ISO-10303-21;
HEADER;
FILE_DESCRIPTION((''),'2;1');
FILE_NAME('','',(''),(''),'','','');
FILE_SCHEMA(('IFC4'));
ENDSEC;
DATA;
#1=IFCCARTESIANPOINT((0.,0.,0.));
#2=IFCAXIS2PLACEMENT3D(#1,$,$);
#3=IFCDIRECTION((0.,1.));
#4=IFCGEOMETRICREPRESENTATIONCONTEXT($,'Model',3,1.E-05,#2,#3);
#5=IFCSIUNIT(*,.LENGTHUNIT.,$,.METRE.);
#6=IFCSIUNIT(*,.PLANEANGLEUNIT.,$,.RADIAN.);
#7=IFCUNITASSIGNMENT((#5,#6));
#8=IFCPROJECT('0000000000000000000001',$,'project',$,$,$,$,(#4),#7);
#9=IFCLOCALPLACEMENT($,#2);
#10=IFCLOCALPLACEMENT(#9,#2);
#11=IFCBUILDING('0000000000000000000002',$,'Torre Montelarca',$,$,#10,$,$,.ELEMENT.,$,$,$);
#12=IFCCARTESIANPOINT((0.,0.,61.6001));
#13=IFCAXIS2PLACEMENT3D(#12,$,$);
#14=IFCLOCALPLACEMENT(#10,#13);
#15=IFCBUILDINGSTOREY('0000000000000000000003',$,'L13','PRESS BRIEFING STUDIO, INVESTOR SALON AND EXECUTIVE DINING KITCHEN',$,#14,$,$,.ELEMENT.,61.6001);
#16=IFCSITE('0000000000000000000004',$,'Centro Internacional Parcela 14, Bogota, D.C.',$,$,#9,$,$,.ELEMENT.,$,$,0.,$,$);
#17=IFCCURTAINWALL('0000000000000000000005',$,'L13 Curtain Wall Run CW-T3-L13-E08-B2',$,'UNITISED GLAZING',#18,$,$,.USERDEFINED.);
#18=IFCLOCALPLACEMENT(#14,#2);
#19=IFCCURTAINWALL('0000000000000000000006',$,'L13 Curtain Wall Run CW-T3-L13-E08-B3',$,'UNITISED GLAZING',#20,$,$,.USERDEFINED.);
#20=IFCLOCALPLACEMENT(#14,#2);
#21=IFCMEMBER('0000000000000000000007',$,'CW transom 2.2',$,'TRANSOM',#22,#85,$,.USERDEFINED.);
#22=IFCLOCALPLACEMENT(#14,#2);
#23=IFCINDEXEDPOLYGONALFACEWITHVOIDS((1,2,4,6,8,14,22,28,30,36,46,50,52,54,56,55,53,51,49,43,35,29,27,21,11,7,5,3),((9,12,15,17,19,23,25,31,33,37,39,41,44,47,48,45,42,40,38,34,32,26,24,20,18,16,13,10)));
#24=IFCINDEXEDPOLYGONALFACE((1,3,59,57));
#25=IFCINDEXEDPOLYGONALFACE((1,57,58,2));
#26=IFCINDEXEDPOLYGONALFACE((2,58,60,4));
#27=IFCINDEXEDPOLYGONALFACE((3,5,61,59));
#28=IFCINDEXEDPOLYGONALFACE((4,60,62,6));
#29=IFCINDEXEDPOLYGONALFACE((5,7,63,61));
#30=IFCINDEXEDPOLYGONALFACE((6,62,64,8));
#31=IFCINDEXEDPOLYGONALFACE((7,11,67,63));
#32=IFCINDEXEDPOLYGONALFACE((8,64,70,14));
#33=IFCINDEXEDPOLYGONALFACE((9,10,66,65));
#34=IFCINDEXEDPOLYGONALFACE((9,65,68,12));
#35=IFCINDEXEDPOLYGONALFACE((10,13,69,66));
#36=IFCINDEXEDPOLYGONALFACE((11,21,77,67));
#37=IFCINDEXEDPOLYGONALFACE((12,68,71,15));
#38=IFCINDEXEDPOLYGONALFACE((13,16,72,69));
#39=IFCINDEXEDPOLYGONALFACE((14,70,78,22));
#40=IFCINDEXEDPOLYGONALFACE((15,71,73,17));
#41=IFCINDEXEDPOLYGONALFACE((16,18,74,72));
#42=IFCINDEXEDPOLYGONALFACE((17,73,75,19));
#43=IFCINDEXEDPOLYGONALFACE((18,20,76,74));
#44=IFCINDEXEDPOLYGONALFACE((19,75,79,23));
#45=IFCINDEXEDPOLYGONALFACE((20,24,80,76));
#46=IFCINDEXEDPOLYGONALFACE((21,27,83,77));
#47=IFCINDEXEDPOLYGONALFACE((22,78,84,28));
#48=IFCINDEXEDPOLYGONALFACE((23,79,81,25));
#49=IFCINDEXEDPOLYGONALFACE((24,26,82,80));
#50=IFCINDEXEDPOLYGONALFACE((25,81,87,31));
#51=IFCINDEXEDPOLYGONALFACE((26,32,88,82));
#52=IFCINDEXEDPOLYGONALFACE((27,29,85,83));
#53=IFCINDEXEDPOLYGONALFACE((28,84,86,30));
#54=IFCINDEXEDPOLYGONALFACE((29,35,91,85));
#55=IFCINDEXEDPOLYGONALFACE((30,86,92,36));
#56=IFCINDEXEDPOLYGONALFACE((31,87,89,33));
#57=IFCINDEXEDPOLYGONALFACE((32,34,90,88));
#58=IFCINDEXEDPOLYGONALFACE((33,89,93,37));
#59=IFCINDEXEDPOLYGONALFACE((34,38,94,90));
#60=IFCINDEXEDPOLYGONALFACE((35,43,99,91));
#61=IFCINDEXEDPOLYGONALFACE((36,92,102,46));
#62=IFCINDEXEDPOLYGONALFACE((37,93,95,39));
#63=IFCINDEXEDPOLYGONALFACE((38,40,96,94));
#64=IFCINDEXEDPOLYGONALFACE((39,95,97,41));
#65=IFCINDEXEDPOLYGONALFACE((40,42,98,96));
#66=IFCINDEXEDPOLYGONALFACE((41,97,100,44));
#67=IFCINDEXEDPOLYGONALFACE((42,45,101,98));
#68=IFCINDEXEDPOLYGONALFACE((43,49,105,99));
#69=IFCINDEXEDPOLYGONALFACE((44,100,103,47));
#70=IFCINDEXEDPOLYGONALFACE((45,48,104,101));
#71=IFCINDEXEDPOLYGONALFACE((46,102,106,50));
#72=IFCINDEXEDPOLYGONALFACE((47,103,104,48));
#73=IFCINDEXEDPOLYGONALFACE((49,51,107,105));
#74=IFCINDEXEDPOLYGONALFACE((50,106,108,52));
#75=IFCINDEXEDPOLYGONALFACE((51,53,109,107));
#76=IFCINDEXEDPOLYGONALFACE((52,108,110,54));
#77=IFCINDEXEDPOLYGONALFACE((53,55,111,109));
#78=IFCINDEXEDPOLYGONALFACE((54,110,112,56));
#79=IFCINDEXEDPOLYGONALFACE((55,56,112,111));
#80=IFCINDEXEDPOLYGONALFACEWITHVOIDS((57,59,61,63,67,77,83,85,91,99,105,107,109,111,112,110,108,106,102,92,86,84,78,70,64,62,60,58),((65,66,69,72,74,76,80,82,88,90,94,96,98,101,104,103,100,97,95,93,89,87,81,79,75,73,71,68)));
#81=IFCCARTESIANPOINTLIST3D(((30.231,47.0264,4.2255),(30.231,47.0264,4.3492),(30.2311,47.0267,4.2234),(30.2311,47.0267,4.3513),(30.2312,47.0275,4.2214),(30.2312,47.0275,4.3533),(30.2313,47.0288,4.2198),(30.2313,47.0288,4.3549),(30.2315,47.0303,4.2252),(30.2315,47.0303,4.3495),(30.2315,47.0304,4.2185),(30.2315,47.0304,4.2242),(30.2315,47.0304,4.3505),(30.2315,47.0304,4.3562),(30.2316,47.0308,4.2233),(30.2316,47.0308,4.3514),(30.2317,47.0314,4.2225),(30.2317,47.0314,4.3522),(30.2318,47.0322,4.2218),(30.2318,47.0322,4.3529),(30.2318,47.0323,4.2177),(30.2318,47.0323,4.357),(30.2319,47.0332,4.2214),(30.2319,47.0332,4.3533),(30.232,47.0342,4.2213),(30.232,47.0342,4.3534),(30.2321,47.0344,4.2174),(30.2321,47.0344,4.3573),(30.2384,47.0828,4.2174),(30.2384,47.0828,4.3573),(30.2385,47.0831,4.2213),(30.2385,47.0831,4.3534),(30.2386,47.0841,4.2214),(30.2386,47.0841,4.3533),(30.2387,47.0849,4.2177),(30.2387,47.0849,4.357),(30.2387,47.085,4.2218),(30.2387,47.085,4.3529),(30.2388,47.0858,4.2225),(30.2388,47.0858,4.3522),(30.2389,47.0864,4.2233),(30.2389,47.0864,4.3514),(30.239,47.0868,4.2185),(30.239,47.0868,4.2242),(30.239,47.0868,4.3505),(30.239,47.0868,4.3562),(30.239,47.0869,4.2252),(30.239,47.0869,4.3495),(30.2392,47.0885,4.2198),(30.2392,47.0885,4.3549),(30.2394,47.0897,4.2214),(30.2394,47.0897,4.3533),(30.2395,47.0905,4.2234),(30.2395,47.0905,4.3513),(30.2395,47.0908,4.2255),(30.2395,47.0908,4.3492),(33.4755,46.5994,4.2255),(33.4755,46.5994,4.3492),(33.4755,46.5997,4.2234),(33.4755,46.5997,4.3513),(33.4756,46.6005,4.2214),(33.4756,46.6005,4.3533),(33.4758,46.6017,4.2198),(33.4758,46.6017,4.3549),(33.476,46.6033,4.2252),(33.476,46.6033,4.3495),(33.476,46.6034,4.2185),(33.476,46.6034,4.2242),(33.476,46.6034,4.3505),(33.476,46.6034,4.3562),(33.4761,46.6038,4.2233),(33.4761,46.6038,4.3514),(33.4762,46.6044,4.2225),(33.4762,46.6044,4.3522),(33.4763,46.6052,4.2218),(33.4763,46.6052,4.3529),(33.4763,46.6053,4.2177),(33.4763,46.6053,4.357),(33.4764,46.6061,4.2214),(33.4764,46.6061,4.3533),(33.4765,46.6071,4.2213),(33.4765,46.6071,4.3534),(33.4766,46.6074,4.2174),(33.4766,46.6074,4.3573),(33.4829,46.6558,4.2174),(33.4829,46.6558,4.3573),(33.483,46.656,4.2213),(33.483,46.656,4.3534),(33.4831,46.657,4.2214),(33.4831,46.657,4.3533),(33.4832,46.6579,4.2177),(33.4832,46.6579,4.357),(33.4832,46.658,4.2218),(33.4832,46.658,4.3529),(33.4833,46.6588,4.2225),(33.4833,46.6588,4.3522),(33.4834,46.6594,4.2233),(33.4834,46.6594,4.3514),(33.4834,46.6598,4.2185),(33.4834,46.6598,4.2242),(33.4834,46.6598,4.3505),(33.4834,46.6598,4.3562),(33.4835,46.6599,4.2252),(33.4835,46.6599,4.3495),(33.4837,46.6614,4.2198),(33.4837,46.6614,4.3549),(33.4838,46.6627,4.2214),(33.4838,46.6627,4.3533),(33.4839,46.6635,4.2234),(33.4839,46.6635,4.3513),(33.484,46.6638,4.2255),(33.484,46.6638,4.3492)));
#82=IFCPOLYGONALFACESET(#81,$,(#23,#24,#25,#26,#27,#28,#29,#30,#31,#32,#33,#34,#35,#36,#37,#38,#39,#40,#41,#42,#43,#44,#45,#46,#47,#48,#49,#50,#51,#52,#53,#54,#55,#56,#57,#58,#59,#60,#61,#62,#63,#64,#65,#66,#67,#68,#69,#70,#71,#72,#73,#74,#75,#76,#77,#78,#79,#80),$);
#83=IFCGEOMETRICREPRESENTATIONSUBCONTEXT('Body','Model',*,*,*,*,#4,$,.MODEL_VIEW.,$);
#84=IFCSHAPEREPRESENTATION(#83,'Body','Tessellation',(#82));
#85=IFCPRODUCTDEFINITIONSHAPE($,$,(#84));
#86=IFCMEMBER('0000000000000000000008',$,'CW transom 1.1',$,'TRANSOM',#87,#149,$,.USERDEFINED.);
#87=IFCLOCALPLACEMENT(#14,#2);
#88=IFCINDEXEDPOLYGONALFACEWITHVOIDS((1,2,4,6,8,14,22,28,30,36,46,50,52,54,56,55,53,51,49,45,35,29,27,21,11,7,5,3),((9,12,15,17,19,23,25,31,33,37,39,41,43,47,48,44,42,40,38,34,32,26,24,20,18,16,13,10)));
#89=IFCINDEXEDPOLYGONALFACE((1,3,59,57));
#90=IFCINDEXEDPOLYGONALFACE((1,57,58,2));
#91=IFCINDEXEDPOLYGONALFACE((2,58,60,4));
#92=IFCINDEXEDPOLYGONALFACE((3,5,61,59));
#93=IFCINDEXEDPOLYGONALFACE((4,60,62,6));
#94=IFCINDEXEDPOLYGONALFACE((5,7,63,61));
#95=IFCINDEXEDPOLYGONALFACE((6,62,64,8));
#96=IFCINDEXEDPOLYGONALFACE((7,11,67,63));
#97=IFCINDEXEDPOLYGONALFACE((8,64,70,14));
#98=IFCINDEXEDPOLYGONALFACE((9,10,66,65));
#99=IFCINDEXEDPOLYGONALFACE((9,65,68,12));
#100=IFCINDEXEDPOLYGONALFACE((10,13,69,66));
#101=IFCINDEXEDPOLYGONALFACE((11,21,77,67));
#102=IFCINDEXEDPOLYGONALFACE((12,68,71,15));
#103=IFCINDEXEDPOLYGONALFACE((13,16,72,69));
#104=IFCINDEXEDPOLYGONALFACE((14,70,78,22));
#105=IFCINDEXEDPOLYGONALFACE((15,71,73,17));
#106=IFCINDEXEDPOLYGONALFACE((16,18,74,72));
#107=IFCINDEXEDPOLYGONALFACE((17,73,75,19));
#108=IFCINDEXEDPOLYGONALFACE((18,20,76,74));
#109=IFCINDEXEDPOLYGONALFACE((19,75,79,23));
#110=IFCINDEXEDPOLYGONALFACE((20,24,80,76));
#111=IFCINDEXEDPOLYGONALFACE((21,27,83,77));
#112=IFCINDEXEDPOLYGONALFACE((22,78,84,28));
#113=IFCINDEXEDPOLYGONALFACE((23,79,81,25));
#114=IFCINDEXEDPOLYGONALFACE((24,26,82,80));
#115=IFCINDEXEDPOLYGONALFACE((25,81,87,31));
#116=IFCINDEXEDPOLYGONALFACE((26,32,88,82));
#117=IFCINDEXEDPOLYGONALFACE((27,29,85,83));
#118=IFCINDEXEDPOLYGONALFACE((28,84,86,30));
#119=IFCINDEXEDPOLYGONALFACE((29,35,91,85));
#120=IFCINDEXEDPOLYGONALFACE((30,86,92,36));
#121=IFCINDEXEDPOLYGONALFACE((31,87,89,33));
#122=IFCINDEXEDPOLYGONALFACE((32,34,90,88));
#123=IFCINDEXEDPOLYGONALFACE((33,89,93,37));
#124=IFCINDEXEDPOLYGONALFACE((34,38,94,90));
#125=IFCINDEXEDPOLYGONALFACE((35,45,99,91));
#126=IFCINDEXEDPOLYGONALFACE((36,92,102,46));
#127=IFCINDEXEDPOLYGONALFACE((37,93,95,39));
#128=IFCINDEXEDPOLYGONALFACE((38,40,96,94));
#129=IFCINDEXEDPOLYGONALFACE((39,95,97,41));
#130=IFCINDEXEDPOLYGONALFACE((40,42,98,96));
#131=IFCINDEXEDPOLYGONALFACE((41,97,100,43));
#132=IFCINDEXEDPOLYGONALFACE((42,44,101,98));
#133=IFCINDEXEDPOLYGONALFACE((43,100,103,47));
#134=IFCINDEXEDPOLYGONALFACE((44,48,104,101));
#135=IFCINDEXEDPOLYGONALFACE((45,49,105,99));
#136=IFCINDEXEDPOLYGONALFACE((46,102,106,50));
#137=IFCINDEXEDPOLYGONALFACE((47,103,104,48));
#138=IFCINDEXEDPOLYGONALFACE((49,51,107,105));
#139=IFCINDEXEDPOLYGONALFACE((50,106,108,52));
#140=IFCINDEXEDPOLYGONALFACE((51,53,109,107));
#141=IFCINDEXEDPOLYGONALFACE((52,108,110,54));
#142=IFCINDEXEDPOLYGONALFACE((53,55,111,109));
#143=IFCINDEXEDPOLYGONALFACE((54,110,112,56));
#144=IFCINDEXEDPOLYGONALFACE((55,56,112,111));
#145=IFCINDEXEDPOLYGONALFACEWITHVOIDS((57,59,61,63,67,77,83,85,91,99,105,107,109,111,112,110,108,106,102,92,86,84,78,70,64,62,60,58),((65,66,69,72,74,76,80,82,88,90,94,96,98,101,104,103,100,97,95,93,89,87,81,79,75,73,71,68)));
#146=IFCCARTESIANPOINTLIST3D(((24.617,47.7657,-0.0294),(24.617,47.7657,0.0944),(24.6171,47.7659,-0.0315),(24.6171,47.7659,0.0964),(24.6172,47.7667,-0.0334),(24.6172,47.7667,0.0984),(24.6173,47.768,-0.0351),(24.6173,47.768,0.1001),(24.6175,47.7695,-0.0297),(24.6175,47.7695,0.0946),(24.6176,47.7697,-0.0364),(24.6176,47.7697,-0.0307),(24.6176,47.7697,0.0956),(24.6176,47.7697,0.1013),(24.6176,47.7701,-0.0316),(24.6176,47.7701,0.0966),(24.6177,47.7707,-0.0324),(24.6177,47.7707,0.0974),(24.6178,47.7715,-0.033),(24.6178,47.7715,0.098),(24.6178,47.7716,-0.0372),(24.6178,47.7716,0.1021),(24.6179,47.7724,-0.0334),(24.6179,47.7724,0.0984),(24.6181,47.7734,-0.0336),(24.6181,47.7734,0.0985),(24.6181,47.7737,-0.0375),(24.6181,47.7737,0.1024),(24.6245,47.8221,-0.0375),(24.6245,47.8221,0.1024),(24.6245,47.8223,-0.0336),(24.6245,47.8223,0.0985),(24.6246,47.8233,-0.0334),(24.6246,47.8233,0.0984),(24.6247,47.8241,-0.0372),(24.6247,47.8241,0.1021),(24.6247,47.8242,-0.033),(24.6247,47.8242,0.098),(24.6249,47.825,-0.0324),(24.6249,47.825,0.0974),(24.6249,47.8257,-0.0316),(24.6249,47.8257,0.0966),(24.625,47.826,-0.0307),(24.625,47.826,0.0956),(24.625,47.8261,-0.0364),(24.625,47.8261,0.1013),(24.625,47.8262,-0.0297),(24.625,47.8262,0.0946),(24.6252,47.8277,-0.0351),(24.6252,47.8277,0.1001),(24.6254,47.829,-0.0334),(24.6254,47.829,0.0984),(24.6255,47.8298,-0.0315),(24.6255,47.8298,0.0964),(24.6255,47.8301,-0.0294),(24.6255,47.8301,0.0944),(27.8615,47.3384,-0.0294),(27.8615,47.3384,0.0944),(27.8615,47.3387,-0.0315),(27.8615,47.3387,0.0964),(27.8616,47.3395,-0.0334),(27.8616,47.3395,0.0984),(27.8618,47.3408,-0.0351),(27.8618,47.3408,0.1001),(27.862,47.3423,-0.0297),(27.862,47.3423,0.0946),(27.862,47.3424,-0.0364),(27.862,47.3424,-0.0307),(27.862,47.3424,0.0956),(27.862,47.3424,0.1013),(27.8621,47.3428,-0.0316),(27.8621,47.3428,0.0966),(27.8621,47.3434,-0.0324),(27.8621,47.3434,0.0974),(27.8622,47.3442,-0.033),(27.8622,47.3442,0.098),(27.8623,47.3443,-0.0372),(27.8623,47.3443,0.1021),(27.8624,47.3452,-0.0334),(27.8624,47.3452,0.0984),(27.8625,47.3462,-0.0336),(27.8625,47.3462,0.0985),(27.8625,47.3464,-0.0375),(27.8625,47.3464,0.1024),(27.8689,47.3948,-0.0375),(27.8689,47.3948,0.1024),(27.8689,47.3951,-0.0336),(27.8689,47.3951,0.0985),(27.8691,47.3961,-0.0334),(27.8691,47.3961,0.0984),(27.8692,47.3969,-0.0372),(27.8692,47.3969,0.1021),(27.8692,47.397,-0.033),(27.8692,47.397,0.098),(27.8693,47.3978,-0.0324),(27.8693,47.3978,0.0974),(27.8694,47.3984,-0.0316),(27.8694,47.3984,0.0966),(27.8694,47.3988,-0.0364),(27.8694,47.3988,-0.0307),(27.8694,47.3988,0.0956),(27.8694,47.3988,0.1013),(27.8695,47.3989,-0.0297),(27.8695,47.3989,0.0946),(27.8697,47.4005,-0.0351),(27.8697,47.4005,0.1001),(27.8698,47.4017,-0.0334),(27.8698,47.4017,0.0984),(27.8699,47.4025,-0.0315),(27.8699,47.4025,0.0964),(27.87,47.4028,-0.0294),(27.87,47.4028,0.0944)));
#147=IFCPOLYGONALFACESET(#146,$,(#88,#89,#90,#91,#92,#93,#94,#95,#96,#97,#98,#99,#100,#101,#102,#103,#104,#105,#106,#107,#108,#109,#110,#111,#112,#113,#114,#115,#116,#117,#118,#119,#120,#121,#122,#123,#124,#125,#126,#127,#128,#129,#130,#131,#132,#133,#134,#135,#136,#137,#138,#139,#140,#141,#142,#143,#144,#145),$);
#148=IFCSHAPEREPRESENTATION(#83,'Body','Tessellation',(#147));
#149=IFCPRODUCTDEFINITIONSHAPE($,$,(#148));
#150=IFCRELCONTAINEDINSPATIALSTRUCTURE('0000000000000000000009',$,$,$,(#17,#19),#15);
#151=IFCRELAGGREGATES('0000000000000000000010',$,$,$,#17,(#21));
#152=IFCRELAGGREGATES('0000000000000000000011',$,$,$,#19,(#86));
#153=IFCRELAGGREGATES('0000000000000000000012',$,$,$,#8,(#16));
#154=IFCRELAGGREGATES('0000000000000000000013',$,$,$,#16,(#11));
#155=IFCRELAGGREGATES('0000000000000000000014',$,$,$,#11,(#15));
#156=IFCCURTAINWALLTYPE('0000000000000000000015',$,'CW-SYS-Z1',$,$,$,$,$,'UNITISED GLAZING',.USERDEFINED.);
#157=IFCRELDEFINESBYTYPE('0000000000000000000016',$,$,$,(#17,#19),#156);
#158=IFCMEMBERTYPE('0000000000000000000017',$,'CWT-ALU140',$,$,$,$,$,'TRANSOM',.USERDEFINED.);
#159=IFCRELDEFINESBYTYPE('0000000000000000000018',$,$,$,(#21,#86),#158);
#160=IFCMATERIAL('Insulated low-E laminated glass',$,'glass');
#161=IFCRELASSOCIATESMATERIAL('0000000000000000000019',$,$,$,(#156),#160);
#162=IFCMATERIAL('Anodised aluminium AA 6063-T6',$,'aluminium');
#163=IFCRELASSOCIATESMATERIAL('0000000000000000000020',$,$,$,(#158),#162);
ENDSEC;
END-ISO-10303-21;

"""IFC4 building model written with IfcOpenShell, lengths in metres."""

from ifc_helpers import new_model, si_unit, direction, frame, origin, origin_2d, place, context, subcontext, project, spatial, hollow_rectangle, extrude, source, transform, mapped, material, material_profile, profile_set, type_object, element, aggregate, save


model = new_model("IFC4")

# Units and contexts
model_context = context("Model", 3, precision=1e-05, world=origin(), true_north=direction((0.0, 1.0)))
body_context = subcontext(model_context, "Body", "Model", "MODEL_VIEW")
ifc_project = project(units=[si_unit("LENGTHUNIT", "METRE"), si_unit("PLANEANGLEUNIT", "RADIAN")], contexts=[model_context])

# Site, building, storey
site_placement = place(None, origin())
site = spatial("IfcSite", under=ifc_project, at=site_placement, Name="Centro Internacional Parcela 14, Bogota, D.C.", CompositionType="ELEMENT", RefElevation=0.0)
building_placement = place(site_placement, origin())
building = spatial("IfcBuilding", under=site, at=building_placement, Name="Torre Montelarca", CompositionType="ELEMENT")
storey_placement = place(building_placement, frame((0.0, 0.0, 61.6001)))
storey = spatial("IfcBuildingStorey", under=building, at=storey_placement, Name="L13", Description="PRESS BRIEFING STUDIO, INVESTOR SALON AND EXECUTIVE DINING KITCHEN", CompositionType="ELEMENT", Elevation=61.6001)

# Curtain wall
ifc_material_1 = material(Name="Insulated low-E laminated glass", Category="glass")
curtain_wall_type = type_object("IfcCurtainWallType", Name="CW-SYS-Z1", ElementType="UNITISED GLAZING", PredefinedType="USERDEFINED", material=ifc_material_1)
curtain_wall_1_placement = place(storey_placement, origin())
curtain_wall_1 = element("IfcCurtainWall", 1, at=curtain_wall_1_placement, inside=storey, type_object=curtain_wall_type, Name="L13 Curtain Wall Run CW-T3-L13-E08-B2", ObjectType="UNITISED GLAZING", PredefinedType="USERDEFINED")
ifc_material_2 = material(Name="Anodised aluminium AA 6063-T6", Category="aluminium")
ifc_material_profile_1 = material_profile(ifc_material_2, hollow_rectangle(XDim=0.0649, YDim=0.1399, WallThickness=0.0039, InnerFilletRadius=0.0039, OuterFilletRadius=0.0081, at=origin_2d()), Name="ALU65X140X4", Category="aluminium")
ifc_profile_set_1 = profile_set([ifc_material_profile_1], Name="Anodised aluminium AA 6063-T6")
member_type_1 = type_object("IfcMemberType", Name="CWT-ALU140", ElementType="TRANSOM", PredefinedType="USERDEFINED", material=ifc_profile_set_1)

# Curtain wall
curtain_wall_2_placement = place(storey_placement, origin())
curtain_wall_2 = element("IfcCurtainWall", 2, at=curtain_wall_2_placement, inside=storey, type_object=curtain_wall_type, Name="L13 Curtain Wall Run CW-T3-L13-E08-B3", ObjectType="UNITISED GLAZING", PredefinedType="USERDEFINED")

# Members
shared_shape_1 = source(origin(), body_context, "Body", "SweptSolid", [
    extrude(hollow_rectangle(XDim=0.0649, YDim=0.1399, WallThickness=0.0039, InnerFilletRadius=0.0039, OuterFilletRadius=0.0081, at=origin_2d()), origin(), (0.0, 0.0, 1.0), 3.2725),
])
member_1_placement = place(storey_placement, frame((33.4797, 46.6316, 4.2874), z_axis=(-0.99145, 0.130487, 0.0), x_axis=(-0.130487, -0.99145, 0.0)))
member_1 = element("IfcMember", 3, at=member_1_placement, type_object=member_type_1, Name="CW transom 2.2", ObjectType="TRANSOM", PredefinedType="USERDEFINED", context=body_context, shape_type="MappedRepresentation", body=[
    mapped(shared_shape_1, transform((0.0, 0.0, 0.0), scale=1.0)),
])
member_2_placement = place(storey_placement, frame((27.8657, 47.3706, 0.0325), z_axis=(-0.99144, 0.130561, 0.0), x_axis=(-0.130561, -0.99144, 0.0)))
member_2 = element("IfcMember", 4, at=member_2_placement, type_object=member_type_1, Name="CW transom 1.1", ObjectType="TRANSOM", PredefinedType="USERDEFINED", context=body_context, shape_type="MappedRepresentation", body=[
    mapped(shared_shape_1, transform((0.0, 0.0, 0.0), scale=1.0)),
])

aggregate(curtain_wall_1, [member_1])
aggregate(curtain_wall_2, [member_2])

save(model, "model.ifc")
